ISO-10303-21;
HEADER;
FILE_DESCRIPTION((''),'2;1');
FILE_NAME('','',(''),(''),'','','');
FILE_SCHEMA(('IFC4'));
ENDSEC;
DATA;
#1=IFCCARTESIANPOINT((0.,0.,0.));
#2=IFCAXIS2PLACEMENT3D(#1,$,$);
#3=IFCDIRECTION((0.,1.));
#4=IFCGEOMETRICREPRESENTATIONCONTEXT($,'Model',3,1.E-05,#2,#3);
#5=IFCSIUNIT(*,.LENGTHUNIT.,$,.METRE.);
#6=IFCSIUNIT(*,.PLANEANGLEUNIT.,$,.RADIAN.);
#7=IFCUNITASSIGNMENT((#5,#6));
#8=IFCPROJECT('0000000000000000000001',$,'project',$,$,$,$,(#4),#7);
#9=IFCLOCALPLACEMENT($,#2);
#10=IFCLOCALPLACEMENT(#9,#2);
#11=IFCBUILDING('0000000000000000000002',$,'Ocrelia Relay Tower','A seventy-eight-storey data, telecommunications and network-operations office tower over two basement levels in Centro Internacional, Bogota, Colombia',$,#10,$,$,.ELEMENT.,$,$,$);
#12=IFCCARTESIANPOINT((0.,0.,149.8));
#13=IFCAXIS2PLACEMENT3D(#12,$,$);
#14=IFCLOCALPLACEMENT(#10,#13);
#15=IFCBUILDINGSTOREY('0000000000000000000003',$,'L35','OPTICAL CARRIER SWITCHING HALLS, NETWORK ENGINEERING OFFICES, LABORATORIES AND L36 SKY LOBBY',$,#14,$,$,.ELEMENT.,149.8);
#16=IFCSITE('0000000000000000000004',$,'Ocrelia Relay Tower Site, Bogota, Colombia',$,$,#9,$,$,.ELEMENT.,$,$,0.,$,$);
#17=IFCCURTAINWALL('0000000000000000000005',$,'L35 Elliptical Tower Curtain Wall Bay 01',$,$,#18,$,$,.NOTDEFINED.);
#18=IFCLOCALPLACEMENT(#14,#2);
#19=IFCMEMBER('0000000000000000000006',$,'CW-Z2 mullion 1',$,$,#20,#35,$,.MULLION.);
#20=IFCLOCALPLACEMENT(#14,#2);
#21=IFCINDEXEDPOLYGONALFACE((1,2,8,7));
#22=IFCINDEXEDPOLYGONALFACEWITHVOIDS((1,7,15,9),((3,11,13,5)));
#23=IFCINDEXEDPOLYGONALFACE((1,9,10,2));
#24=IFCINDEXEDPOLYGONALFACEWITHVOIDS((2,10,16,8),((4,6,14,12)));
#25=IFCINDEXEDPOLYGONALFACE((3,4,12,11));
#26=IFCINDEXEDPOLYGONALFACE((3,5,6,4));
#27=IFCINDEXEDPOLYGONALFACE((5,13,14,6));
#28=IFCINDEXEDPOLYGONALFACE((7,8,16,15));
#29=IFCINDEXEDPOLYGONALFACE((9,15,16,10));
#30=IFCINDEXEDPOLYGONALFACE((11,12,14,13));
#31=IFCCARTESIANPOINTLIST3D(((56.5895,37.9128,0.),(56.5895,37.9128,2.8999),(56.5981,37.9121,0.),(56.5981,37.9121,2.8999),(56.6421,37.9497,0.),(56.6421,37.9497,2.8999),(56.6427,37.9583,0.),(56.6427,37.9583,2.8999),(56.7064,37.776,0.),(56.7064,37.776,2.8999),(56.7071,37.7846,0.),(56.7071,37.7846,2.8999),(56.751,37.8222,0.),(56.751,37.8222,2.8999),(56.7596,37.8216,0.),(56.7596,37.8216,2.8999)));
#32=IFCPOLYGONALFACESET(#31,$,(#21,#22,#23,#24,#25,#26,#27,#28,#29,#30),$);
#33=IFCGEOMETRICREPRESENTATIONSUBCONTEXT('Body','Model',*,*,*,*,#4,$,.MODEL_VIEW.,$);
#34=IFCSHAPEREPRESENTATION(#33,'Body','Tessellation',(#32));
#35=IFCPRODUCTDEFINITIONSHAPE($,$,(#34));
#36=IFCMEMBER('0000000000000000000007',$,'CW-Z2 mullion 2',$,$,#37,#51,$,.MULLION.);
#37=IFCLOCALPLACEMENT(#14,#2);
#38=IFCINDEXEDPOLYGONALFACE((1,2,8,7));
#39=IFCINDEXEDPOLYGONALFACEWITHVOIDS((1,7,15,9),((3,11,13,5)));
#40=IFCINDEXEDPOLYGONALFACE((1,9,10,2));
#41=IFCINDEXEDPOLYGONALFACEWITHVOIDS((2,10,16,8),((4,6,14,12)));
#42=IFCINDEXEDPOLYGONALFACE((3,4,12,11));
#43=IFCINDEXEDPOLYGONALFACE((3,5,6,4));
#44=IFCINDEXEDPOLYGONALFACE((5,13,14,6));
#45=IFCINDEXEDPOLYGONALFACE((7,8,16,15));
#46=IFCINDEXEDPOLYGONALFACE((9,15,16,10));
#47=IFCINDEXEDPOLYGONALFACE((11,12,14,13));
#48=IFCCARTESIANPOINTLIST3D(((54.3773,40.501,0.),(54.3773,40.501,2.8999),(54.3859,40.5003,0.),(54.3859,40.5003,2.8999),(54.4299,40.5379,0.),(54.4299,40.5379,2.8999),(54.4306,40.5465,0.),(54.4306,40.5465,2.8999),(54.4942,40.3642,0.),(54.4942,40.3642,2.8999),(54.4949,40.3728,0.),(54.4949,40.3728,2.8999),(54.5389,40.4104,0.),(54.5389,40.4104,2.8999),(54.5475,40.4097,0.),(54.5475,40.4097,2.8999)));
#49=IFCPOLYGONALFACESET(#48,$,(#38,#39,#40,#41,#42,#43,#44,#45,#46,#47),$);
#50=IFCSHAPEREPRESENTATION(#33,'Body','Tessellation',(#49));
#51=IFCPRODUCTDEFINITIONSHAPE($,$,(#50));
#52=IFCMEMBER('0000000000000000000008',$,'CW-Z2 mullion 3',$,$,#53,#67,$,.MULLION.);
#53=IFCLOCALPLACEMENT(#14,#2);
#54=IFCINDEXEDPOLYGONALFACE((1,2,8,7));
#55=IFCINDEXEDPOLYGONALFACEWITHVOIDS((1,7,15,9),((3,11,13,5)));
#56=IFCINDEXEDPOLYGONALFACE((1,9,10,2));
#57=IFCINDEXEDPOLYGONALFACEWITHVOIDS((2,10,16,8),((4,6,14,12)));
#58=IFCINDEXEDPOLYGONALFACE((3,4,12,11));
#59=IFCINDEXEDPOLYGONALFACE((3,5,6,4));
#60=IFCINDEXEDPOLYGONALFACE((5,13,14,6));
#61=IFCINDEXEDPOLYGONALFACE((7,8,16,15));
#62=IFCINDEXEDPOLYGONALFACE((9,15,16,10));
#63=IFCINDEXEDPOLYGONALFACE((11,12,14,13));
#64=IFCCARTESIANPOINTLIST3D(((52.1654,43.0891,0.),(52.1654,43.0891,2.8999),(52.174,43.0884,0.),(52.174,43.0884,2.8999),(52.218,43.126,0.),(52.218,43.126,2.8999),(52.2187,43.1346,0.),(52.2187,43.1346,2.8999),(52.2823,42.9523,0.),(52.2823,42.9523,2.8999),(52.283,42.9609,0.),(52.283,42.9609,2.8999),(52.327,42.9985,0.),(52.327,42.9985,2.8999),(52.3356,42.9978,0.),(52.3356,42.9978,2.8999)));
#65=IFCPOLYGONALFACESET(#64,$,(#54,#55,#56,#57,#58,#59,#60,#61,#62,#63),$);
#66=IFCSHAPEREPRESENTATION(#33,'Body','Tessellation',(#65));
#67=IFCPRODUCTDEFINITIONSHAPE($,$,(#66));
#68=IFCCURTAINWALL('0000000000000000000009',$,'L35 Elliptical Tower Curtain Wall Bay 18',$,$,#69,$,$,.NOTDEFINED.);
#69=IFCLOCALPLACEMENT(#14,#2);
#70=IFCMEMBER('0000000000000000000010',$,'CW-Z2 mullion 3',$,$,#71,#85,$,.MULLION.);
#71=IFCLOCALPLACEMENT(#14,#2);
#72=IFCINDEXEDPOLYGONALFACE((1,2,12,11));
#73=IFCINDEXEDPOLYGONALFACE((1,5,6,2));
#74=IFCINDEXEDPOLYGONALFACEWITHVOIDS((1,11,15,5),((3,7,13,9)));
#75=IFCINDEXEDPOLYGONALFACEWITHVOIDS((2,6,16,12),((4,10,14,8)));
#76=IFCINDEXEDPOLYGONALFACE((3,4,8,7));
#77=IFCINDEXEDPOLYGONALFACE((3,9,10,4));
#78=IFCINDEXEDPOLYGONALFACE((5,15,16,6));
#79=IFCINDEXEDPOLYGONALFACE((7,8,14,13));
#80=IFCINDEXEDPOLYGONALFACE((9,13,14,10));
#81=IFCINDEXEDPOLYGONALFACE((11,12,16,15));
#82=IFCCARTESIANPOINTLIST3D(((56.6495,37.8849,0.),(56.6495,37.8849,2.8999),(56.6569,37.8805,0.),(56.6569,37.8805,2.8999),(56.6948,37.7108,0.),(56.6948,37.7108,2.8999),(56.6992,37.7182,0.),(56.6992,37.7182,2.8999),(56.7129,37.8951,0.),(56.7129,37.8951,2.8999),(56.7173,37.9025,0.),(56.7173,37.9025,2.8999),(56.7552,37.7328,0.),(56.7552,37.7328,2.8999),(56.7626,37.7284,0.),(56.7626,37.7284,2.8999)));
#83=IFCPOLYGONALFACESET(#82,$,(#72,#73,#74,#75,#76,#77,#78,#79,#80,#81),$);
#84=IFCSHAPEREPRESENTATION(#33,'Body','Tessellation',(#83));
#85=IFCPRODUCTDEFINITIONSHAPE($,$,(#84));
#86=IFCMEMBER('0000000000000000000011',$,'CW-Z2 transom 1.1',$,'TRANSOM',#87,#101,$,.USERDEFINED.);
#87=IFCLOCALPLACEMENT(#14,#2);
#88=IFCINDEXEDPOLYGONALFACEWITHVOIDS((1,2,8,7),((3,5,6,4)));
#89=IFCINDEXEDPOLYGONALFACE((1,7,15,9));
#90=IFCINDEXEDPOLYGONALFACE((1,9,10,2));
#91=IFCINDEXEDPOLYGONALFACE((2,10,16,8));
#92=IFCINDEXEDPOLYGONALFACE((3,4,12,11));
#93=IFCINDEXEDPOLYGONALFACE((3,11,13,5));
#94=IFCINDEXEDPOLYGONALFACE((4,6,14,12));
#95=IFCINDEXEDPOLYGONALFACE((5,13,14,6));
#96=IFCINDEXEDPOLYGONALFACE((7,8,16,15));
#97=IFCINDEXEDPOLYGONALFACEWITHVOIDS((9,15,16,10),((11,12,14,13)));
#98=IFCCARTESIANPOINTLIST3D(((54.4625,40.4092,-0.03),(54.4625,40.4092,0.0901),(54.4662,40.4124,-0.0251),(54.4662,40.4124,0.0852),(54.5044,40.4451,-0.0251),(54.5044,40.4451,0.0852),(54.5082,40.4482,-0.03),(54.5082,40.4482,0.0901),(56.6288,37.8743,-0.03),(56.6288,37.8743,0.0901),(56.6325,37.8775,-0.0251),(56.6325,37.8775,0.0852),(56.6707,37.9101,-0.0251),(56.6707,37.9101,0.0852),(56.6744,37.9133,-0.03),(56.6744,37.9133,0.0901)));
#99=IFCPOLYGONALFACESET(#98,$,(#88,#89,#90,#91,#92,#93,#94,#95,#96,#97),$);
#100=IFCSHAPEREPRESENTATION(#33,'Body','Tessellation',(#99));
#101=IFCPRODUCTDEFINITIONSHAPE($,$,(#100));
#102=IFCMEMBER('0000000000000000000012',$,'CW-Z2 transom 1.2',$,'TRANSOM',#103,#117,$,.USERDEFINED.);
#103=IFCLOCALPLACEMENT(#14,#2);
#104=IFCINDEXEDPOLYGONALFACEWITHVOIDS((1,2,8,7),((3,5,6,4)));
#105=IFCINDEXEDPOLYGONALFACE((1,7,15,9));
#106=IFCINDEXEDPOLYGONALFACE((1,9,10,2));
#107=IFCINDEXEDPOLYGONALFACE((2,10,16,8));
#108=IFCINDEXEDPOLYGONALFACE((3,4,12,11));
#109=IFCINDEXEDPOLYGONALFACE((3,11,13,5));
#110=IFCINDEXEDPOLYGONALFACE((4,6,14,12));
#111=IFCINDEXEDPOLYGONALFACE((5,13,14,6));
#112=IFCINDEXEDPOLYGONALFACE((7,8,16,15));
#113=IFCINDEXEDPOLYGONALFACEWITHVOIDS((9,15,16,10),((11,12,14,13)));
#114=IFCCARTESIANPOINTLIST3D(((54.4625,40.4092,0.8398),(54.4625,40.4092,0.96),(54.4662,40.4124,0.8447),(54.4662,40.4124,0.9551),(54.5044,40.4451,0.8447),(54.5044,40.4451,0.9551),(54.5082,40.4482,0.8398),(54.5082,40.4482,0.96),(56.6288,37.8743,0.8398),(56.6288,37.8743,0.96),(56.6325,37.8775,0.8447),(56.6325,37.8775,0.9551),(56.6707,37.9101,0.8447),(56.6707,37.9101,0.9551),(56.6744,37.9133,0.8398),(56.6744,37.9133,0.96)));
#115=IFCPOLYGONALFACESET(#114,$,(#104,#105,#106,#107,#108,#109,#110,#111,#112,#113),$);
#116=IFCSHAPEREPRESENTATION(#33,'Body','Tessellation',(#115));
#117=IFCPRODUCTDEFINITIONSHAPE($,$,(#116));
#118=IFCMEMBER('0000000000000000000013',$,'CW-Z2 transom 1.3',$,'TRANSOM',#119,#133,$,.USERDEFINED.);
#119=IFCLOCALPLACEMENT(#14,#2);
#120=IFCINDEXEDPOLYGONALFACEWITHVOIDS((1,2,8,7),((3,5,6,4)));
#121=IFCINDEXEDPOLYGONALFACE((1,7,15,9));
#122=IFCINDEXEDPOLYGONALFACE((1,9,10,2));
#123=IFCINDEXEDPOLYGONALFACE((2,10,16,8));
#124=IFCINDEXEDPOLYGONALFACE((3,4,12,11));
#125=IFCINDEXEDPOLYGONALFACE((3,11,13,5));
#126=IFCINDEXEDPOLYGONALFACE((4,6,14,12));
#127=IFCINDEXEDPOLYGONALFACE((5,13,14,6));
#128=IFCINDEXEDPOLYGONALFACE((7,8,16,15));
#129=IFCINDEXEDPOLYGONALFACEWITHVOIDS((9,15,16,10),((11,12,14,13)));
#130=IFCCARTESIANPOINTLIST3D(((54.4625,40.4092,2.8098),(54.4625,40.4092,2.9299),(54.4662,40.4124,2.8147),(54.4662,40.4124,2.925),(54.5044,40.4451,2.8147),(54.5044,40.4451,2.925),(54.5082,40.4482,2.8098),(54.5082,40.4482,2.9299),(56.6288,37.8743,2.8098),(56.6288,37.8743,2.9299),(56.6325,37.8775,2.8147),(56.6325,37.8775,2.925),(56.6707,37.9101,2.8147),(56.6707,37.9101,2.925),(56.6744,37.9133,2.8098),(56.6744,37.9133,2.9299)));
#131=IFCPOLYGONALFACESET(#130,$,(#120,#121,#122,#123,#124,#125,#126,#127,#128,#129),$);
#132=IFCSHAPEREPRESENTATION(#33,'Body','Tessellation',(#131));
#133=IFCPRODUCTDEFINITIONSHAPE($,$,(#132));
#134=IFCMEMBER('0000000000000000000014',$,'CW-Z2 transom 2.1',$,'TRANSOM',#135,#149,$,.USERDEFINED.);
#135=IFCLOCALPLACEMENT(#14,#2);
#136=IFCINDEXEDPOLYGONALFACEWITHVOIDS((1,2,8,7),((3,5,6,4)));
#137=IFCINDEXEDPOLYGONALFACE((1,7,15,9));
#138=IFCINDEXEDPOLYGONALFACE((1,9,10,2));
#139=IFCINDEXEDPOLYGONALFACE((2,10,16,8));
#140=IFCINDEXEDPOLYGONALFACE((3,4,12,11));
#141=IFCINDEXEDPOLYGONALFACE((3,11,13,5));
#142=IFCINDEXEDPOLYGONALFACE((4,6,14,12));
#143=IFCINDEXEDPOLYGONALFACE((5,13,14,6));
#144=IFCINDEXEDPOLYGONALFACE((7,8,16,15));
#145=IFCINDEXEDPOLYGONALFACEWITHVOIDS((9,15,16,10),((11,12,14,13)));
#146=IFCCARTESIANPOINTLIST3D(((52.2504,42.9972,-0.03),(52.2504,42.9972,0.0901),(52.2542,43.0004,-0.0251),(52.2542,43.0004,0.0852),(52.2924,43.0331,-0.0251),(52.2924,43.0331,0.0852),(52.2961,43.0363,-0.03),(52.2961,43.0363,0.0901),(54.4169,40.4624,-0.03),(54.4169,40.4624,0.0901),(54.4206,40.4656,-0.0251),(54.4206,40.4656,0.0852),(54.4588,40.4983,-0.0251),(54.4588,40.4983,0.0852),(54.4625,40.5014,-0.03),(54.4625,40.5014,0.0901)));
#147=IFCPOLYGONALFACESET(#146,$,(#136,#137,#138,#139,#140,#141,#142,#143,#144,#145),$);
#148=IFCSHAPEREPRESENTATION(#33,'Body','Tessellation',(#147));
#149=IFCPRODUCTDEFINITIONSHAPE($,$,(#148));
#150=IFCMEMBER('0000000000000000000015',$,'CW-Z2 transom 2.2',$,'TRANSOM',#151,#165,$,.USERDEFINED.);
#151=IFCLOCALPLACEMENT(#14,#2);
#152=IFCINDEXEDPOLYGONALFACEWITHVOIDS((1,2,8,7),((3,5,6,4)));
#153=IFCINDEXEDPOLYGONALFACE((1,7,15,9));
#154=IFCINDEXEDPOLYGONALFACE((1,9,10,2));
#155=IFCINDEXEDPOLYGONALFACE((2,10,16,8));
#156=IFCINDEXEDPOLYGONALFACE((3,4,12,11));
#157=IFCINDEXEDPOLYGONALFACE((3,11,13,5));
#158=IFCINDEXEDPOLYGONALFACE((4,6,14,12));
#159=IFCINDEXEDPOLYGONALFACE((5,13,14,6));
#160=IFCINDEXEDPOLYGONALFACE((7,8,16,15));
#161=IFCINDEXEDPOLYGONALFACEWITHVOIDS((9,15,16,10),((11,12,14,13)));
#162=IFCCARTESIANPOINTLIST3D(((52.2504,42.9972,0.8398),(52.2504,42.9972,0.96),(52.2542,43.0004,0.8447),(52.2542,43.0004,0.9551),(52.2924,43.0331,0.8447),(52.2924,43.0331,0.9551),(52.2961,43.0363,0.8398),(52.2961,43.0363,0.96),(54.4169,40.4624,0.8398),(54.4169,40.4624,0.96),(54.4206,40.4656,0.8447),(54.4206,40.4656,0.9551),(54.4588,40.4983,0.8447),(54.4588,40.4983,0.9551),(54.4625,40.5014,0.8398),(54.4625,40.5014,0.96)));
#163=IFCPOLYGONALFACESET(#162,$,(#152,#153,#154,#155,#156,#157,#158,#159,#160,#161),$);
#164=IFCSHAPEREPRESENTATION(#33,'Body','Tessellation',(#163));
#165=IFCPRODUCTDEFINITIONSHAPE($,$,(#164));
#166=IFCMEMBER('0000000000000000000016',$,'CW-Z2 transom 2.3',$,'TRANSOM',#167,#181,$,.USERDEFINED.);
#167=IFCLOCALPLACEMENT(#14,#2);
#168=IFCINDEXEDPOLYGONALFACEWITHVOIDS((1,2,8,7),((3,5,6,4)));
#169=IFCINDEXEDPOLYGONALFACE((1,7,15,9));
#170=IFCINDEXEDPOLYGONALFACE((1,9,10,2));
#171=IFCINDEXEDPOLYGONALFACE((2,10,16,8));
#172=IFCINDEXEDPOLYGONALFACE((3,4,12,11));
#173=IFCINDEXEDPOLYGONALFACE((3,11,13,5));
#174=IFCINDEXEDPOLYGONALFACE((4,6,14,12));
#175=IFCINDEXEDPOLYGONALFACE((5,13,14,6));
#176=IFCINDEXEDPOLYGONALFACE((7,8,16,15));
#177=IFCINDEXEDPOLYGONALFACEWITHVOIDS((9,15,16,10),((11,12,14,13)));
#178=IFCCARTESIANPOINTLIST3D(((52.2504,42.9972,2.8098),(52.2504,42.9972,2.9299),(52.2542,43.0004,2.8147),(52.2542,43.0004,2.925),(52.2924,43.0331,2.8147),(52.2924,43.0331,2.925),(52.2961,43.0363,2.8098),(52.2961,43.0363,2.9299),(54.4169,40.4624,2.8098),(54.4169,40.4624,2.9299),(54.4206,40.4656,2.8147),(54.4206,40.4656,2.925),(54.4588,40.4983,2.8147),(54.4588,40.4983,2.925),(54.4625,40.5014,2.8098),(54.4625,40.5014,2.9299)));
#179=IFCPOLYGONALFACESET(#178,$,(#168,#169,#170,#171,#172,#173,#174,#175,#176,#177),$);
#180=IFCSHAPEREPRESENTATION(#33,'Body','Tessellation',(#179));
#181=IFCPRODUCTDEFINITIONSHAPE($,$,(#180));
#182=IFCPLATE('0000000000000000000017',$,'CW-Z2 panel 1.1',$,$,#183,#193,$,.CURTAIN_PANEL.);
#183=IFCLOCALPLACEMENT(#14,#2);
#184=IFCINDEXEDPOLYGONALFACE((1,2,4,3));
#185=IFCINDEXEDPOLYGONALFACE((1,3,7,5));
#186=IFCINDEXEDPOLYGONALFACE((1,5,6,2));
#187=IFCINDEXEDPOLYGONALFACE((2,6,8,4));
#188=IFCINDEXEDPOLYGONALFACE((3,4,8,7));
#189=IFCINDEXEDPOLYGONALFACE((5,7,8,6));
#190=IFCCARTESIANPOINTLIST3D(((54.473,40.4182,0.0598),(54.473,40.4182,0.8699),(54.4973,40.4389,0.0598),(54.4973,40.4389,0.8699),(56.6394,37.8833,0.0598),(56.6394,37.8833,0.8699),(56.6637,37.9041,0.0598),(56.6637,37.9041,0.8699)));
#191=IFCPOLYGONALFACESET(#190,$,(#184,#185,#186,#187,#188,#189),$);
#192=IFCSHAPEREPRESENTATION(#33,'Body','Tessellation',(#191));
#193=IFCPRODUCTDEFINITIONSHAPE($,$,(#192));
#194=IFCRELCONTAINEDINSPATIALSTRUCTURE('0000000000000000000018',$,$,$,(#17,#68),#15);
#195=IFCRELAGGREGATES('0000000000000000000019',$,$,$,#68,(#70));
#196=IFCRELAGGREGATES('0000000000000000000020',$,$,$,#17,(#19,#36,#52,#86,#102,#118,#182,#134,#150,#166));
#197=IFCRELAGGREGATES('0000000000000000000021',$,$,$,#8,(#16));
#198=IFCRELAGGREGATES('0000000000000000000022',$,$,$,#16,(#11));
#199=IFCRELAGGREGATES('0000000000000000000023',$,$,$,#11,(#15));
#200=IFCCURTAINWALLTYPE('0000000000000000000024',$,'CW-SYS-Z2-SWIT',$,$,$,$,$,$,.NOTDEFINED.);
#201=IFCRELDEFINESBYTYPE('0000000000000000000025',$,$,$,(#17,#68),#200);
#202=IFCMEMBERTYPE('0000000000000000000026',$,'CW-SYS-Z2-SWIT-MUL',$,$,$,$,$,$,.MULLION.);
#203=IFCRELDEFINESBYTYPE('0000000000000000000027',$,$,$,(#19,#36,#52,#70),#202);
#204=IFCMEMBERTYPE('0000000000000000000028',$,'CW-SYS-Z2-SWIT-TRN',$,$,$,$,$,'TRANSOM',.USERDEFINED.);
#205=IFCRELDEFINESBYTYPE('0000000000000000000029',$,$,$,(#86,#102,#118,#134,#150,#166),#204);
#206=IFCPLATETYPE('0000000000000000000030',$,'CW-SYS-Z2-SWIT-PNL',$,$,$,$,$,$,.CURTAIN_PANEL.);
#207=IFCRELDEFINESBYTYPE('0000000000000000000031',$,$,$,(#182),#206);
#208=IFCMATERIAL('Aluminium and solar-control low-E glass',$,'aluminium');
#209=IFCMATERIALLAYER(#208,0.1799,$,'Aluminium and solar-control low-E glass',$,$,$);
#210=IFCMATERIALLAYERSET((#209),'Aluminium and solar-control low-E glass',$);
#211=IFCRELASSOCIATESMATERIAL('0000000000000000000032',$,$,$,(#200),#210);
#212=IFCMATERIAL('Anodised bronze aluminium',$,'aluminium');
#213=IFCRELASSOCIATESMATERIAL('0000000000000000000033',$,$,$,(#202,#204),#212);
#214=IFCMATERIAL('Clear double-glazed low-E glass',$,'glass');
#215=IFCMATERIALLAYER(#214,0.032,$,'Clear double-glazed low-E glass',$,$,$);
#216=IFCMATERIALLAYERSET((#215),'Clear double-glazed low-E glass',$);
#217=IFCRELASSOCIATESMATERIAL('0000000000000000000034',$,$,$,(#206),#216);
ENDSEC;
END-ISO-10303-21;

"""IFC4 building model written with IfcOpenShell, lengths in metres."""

from ifc_helpers import new_model, si_unit, direction, frame, origin, origin_2d, place, context, subcontext, project, spatial, rectangle, hollow_rectangle, extrude, material, layer, layer_set, material_profile, profile_set, type_object, element, aggregate, save


model = new_model("IFC4")

# Units and contexts
model_context = context("Model", 3, precision=1e-05, world=origin(), true_north=direction((0.0, 1.0)))
body_context = subcontext(model_context, "Body", "Model", "MODEL_VIEW")
ifc_project = project(units=[si_unit("LENGTHUNIT", "METRE"), si_unit("PLANEANGLEUNIT", "RADIAN")], contexts=[model_context])

# Site, building, storey
site_placement = place(None, origin())
site = spatial("IfcSite", under=ifc_project, at=site_placement, Name="Ocrelia Relay Tower Site, Bogota, Colombia", CompositionType="ELEMENT", RefElevation=0.0)
building_placement = place(site_placement, origin())
building = spatial("IfcBuilding", under=site, at=building_placement, Name="Ocrelia Relay Tower", Description="A seventy-eight-storey data, telecommunications and network-operations office tower over two basement levels in Centro Internacional, Bogota, Colombia", CompositionType="ELEMENT")
storey_placement = place(building_placement, frame((0.0, 0.0, 149.8)))
storey = spatial("IfcBuildingStorey", under=building, at=storey_placement, Name="L35", Description="OPTICAL CARRIER SWITCHING HALLS, NETWORK ENGINEERING OFFICES, LABORATORIES AND L36 SKY LOBBY", CompositionType="ELEMENT", Elevation=149.8)

# Curtain wall, members
ifc_material_1 = material(Name="Aluminium and solar-control low-E glass", Category="aluminium")
ifc_layer_1 = layer(ifc_material_1, 0.1799, Name="Aluminium and solar-control low-E glass")
ifc_layer_set_1 = layer_set([ifc_layer_1], Name="Aluminium and solar-control low-E glass")
curtain_wall_type = type_object("IfcCurtainWallType", Name="CW-SYS-Z2-SWIT", PredefinedType="NOTDEFINED", material=ifc_layer_set_1)
curtain_wall_1_placement = place(storey_placement, origin())
curtain_wall_1 = element("IfcCurtainWall", 1, at=curtain_wall_1_placement, inside=storey, type_object=curtain_wall_type, Name="L35 Elliptical Tower Curtain Wall Bay 01", PredefinedType="NOTDEFINED")
ifc_material_2 = material(Name="Anodised bronze aluminium", Category="aluminium")
ifc_material_profile_1 = material_profile(ifc_material_2, hollow_rectangle(XDim=0.0701, YDim=0.1799, WallThickness=0.0061, at=origin_2d()), Name="CW-MUL-180x70")
ifc_profile_set_1 = profile_set([ifc_material_profile_1], Name="Anodised bronze aluminium")
member_type_1 = type_object("IfcMemberType", Name="CW-SYS-Z2-SWIT-MUL", PredefinedType="MULLION", material=ifc_profile_set_1)
member_1_placement = place(storey_placement, frame((56.6746, 37.8672, 0.0), z_axis=(0.0, 0.0, 1.0), x_axis=(-0.760185, -0.649706, 0.0)))
member_1 = element("IfcMember", 2, at=member_1_placement, type_object=member_type_1, Name="CW-Z2 mullion 1", PredefinedType="MULLION", context=body_context, shape_type="SweptSolid", body=[
    extrude(hollow_rectangle(XDim=0.0701, YDim=0.1799, WallThickness=0.0061, at=origin_2d()), origin(), (0.0, 0.0, 1.0), 2.8999),
])
member_2_placement = place(storey_placement, frame((54.4624, 40.4553, 0.0), z_axis=(0.0, 0.0, 1.0), x_axis=(-0.760185, -0.649706, 0.0)))
member_2 = element("IfcMember", 3, at=member_2_placement, type_object=member_type_1, Name="CW-Z2 mullion 2", PredefinedType="MULLION", context=body_context, shape_type="SweptSolid", body=[
    extrude(hollow_rectangle(XDim=0.0701, YDim=0.1799, WallThickness=0.0061, at=origin_2d()), origin(), (0.0, 0.0, 1.0), 2.8999),
])
member_3_placement = place(storey_placement, frame((52.2505, 43.0435, 0.0), z_axis=(0.0, 0.0, 1.0), x_axis=(-0.760185, -0.649706, 0.0)))
member_3 = element("IfcMember", 4, at=member_3_placement, type_object=member_type_1, Name="CW-Z2 mullion 3", PredefinedType="MULLION", context=body_context, shape_type="SweptSolid", body=[
    extrude(hollow_rectangle(XDim=0.0701, YDim=0.1799, WallThickness=0.0061, at=origin_2d()), origin(), (0.0, 0.0, 1.0), 2.8999),
])

# Curtain wall, member
curtain_wall_2_placement = place(storey_placement, origin())
curtain_wall_2 = element("IfcCurtainWall", 5, at=curtain_wall_2_placement, inside=storey, type_object=curtain_wall_type, Name="L35 Elliptical Tower Curtain Wall Bay 18", PredefinedType="NOTDEFINED")
member_4_placement = place(storey_placement, frame((56.7061, 37.8066, 0.0), z_axis=(0.0, 0.0, 1.0), x_axis=(-0.967797, -0.251732, 0.0)))
member_4 = element("IfcMember", 6, at=member_4_placement, type_object=member_type_1, Name="CW-Z2 mullion 3", PredefinedType="MULLION", context=body_context, shape_type="SweptSolid", body=[
    extrude(hollow_rectangle(XDim=0.0701, YDim=0.1799, WallThickness=0.0061, at=origin_2d()), origin(), (0.0, 0.0, 1.0), 2.8999),
])
aggregate(curtain_wall_2, [member_4])

# Members
ifc_material_profile_2 = material_profile(ifc_material_2, hollow_rectangle(XDim=0.0601, YDim=0.1201, WallThickness=0.0049, at=origin_2d()), Name="CW-TRN-120x60")
ifc_profile_set_2 = profile_set([ifc_material_profile_2], Name="Anodised bronze aluminium")
member_type_2 = type_object("IfcMemberType", Name="CW-SYS-Z2-SWIT-TRN", ElementType="TRANSOM", PredefinedType="USERDEFINED", material=ifc_profile_set_2)
member_5_placement = place(storey_placement, frame((56.6516, 37.8938, 0.03), z_axis=(-0.649663, 0.760222, 0.0), x_axis=(-0.760222, -0.649663, 0.0)))
member_5 = element("IfcMember", 7, at=member_5_placement, type_object=member_type_2, Name="CW-Z2 transom 1.1", ObjectType="TRANSOM", PredefinedType="USERDEFINED", context=body_context, shape_type="SweptSolid", body=[
    extrude(hollow_rectangle(XDim=0.0601, YDim=0.1201, WallThickness=0.0049, at=origin_2d()), origin(), (0.0, 0.0, 1.0), 3.3345),
])
member_6_placement = place(storey_placement, frame((56.6516, 37.8938, 0.8999), z_axis=(-0.649663, 0.760222, 0.0), x_axis=(-0.760222, -0.649663, 0.0)))
member_6 = element("IfcMember", 8, at=member_6_placement, type_object=member_type_2, Name="CW-Z2 transom 1.2", ObjectType="TRANSOM", PredefinedType="USERDEFINED", context=body_context, shape_type="SweptSolid", body=[
    extrude(hollow_rectangle(XDim=0.0601, YDim=0.1201, WallThickness=0.0049, at=origin_2d()), origin(), (0.0, 0.0, 1.0), 3.3345),
])
member_7_placement = place(storey_placement, frame((56.6516, 37.8938, 2.8699), z_axis=(-0.649663, 0.760222, 0.0), x_axis=(-0.760222, -0.649663, 0.0)))
member_7 = element("IfcMember", 9, at=member_7_placement, type_object=member_type_2, Name="CW-Z2 transom 1.3", ObjectType="TRANSOM", PredefinedType="USERDEFINED", context=body_context, shape_type="SweptSolid", body=[
    extrude(hollow_rectangle(XDim=0.0601, YDim=0.1201, WallThickness=0.0049, at=origin_2d()), origin(), (0.0, 0.0, 1.0), 3.3345),
])
member_8_placement = place(storey_placement, frame((54.4397, 40.4819, 0.03), z_axis=(-0.649705, 0.760186, 0.0), x_axis=(-0.760186, -0.649705, 0.0)))
member_8 = element("IfcMember", 10, at=member_8_placement, type_object=member_type_2, Name="CW-Z2 transom 2.1", ObjectType="TRANSOM", PredefinedType="USERDEFINED", context=body_context, shape_type="SweptSolid", body=[
    extrude(hollow_rectangle(XDim=0.0601, YDim=0.1201, WallThickness=0.0049, at=origin_2d()), origin(), (0.0, 0.0, 1.0), 3.3345),
])
member_9_placement = place(storey_placement, frame((54.4397, 40.4819, 0.8999), z_axis=(-0.649705, 0.760186, 0.0), x_axis=(-0.760186, -0.649705, 0.0)))
member_9 = element("IfcMember", 11, at=member_9_placement, type_object=member_type_2, Name="CW-Z2 transom 2.2", ObjectType="TRANSOM", PredefinedType="USERDEFINED", context=body_context, shape_type="SweptSolid", body=[
    extrude(hollow_rectangle(XDim=0.0601, YDim=0.1201, WallThickness=0.0049, at=origin_2d()), origin(), (0.0, 0.0, 1.0), 3.3345),
])
member_10_placement = place(storey_placement, frame((54.4397, 40.4819, 2.8699), z_axis=(-0.649705, 0.760186, 0.0), x_axis=(-0.760186, -0.649705, 0.0)))
member_10 = element("IfcMember", 12, at=member_10_placement, type_object=member_type_2, Name="CW-Z2 transom 2.3", ObjectType="TRANSOM", PredefinedType="USERDEFINED", context=body_context, shape_type="SweptSolid", body=[
    extrude(hollow_rectangle(XDim=0.0601, YDim=0.1201, WallThickness=0.0049, at=origin_2d()), origin(), (0.0, 0.0, 1.0), 3.3345),
])

# Plate
ifc_material_3 = material(Name="Clear double-glazed low-E glass", Category="glass")
ifc_layer_2 = layer(ifc_material_3, 0.032, Name="Clear double-glazed low-E glass")
ifc_layer_set_2 = layer_set([ifc_layer_2], Name="Clear double-glazed low-E glass")
plate_type = type_object("IfcPlateType", Name="CW-SYS-Z2-SWIT-PNL", PredefinedType="CURTAIN_PANEL", material=ifc_layer_set_2)
plate_1_placement = place(storey_placement, frame((55.5684, 39.1611, 0.0598), z_axis=(0.0, 0.0, 1.0), x_axis=(-0.649706, 0.760185, 0.0)))
plate_1 = element("IfcPlate", 13, at=plate_1_placement, type_object=plate_type, Name="CW-Z2 panel 1.1", PredefinedType="CURTAIN_PANEL", context=body_context, shape_type="SweptSolid", body=[
    extrude(rectangle(XDim=3.3345, YDim=0.032, at=origin_2d()), origin(), (0.0, 0.0, 1.0), 0.8101),
])
aggregate(curtain_wall_1, [member_1, member_2, member_3, member_5, member_6, member_7, plate_1, member_8, member_9, member_10])

save(model, "model.ifc")
